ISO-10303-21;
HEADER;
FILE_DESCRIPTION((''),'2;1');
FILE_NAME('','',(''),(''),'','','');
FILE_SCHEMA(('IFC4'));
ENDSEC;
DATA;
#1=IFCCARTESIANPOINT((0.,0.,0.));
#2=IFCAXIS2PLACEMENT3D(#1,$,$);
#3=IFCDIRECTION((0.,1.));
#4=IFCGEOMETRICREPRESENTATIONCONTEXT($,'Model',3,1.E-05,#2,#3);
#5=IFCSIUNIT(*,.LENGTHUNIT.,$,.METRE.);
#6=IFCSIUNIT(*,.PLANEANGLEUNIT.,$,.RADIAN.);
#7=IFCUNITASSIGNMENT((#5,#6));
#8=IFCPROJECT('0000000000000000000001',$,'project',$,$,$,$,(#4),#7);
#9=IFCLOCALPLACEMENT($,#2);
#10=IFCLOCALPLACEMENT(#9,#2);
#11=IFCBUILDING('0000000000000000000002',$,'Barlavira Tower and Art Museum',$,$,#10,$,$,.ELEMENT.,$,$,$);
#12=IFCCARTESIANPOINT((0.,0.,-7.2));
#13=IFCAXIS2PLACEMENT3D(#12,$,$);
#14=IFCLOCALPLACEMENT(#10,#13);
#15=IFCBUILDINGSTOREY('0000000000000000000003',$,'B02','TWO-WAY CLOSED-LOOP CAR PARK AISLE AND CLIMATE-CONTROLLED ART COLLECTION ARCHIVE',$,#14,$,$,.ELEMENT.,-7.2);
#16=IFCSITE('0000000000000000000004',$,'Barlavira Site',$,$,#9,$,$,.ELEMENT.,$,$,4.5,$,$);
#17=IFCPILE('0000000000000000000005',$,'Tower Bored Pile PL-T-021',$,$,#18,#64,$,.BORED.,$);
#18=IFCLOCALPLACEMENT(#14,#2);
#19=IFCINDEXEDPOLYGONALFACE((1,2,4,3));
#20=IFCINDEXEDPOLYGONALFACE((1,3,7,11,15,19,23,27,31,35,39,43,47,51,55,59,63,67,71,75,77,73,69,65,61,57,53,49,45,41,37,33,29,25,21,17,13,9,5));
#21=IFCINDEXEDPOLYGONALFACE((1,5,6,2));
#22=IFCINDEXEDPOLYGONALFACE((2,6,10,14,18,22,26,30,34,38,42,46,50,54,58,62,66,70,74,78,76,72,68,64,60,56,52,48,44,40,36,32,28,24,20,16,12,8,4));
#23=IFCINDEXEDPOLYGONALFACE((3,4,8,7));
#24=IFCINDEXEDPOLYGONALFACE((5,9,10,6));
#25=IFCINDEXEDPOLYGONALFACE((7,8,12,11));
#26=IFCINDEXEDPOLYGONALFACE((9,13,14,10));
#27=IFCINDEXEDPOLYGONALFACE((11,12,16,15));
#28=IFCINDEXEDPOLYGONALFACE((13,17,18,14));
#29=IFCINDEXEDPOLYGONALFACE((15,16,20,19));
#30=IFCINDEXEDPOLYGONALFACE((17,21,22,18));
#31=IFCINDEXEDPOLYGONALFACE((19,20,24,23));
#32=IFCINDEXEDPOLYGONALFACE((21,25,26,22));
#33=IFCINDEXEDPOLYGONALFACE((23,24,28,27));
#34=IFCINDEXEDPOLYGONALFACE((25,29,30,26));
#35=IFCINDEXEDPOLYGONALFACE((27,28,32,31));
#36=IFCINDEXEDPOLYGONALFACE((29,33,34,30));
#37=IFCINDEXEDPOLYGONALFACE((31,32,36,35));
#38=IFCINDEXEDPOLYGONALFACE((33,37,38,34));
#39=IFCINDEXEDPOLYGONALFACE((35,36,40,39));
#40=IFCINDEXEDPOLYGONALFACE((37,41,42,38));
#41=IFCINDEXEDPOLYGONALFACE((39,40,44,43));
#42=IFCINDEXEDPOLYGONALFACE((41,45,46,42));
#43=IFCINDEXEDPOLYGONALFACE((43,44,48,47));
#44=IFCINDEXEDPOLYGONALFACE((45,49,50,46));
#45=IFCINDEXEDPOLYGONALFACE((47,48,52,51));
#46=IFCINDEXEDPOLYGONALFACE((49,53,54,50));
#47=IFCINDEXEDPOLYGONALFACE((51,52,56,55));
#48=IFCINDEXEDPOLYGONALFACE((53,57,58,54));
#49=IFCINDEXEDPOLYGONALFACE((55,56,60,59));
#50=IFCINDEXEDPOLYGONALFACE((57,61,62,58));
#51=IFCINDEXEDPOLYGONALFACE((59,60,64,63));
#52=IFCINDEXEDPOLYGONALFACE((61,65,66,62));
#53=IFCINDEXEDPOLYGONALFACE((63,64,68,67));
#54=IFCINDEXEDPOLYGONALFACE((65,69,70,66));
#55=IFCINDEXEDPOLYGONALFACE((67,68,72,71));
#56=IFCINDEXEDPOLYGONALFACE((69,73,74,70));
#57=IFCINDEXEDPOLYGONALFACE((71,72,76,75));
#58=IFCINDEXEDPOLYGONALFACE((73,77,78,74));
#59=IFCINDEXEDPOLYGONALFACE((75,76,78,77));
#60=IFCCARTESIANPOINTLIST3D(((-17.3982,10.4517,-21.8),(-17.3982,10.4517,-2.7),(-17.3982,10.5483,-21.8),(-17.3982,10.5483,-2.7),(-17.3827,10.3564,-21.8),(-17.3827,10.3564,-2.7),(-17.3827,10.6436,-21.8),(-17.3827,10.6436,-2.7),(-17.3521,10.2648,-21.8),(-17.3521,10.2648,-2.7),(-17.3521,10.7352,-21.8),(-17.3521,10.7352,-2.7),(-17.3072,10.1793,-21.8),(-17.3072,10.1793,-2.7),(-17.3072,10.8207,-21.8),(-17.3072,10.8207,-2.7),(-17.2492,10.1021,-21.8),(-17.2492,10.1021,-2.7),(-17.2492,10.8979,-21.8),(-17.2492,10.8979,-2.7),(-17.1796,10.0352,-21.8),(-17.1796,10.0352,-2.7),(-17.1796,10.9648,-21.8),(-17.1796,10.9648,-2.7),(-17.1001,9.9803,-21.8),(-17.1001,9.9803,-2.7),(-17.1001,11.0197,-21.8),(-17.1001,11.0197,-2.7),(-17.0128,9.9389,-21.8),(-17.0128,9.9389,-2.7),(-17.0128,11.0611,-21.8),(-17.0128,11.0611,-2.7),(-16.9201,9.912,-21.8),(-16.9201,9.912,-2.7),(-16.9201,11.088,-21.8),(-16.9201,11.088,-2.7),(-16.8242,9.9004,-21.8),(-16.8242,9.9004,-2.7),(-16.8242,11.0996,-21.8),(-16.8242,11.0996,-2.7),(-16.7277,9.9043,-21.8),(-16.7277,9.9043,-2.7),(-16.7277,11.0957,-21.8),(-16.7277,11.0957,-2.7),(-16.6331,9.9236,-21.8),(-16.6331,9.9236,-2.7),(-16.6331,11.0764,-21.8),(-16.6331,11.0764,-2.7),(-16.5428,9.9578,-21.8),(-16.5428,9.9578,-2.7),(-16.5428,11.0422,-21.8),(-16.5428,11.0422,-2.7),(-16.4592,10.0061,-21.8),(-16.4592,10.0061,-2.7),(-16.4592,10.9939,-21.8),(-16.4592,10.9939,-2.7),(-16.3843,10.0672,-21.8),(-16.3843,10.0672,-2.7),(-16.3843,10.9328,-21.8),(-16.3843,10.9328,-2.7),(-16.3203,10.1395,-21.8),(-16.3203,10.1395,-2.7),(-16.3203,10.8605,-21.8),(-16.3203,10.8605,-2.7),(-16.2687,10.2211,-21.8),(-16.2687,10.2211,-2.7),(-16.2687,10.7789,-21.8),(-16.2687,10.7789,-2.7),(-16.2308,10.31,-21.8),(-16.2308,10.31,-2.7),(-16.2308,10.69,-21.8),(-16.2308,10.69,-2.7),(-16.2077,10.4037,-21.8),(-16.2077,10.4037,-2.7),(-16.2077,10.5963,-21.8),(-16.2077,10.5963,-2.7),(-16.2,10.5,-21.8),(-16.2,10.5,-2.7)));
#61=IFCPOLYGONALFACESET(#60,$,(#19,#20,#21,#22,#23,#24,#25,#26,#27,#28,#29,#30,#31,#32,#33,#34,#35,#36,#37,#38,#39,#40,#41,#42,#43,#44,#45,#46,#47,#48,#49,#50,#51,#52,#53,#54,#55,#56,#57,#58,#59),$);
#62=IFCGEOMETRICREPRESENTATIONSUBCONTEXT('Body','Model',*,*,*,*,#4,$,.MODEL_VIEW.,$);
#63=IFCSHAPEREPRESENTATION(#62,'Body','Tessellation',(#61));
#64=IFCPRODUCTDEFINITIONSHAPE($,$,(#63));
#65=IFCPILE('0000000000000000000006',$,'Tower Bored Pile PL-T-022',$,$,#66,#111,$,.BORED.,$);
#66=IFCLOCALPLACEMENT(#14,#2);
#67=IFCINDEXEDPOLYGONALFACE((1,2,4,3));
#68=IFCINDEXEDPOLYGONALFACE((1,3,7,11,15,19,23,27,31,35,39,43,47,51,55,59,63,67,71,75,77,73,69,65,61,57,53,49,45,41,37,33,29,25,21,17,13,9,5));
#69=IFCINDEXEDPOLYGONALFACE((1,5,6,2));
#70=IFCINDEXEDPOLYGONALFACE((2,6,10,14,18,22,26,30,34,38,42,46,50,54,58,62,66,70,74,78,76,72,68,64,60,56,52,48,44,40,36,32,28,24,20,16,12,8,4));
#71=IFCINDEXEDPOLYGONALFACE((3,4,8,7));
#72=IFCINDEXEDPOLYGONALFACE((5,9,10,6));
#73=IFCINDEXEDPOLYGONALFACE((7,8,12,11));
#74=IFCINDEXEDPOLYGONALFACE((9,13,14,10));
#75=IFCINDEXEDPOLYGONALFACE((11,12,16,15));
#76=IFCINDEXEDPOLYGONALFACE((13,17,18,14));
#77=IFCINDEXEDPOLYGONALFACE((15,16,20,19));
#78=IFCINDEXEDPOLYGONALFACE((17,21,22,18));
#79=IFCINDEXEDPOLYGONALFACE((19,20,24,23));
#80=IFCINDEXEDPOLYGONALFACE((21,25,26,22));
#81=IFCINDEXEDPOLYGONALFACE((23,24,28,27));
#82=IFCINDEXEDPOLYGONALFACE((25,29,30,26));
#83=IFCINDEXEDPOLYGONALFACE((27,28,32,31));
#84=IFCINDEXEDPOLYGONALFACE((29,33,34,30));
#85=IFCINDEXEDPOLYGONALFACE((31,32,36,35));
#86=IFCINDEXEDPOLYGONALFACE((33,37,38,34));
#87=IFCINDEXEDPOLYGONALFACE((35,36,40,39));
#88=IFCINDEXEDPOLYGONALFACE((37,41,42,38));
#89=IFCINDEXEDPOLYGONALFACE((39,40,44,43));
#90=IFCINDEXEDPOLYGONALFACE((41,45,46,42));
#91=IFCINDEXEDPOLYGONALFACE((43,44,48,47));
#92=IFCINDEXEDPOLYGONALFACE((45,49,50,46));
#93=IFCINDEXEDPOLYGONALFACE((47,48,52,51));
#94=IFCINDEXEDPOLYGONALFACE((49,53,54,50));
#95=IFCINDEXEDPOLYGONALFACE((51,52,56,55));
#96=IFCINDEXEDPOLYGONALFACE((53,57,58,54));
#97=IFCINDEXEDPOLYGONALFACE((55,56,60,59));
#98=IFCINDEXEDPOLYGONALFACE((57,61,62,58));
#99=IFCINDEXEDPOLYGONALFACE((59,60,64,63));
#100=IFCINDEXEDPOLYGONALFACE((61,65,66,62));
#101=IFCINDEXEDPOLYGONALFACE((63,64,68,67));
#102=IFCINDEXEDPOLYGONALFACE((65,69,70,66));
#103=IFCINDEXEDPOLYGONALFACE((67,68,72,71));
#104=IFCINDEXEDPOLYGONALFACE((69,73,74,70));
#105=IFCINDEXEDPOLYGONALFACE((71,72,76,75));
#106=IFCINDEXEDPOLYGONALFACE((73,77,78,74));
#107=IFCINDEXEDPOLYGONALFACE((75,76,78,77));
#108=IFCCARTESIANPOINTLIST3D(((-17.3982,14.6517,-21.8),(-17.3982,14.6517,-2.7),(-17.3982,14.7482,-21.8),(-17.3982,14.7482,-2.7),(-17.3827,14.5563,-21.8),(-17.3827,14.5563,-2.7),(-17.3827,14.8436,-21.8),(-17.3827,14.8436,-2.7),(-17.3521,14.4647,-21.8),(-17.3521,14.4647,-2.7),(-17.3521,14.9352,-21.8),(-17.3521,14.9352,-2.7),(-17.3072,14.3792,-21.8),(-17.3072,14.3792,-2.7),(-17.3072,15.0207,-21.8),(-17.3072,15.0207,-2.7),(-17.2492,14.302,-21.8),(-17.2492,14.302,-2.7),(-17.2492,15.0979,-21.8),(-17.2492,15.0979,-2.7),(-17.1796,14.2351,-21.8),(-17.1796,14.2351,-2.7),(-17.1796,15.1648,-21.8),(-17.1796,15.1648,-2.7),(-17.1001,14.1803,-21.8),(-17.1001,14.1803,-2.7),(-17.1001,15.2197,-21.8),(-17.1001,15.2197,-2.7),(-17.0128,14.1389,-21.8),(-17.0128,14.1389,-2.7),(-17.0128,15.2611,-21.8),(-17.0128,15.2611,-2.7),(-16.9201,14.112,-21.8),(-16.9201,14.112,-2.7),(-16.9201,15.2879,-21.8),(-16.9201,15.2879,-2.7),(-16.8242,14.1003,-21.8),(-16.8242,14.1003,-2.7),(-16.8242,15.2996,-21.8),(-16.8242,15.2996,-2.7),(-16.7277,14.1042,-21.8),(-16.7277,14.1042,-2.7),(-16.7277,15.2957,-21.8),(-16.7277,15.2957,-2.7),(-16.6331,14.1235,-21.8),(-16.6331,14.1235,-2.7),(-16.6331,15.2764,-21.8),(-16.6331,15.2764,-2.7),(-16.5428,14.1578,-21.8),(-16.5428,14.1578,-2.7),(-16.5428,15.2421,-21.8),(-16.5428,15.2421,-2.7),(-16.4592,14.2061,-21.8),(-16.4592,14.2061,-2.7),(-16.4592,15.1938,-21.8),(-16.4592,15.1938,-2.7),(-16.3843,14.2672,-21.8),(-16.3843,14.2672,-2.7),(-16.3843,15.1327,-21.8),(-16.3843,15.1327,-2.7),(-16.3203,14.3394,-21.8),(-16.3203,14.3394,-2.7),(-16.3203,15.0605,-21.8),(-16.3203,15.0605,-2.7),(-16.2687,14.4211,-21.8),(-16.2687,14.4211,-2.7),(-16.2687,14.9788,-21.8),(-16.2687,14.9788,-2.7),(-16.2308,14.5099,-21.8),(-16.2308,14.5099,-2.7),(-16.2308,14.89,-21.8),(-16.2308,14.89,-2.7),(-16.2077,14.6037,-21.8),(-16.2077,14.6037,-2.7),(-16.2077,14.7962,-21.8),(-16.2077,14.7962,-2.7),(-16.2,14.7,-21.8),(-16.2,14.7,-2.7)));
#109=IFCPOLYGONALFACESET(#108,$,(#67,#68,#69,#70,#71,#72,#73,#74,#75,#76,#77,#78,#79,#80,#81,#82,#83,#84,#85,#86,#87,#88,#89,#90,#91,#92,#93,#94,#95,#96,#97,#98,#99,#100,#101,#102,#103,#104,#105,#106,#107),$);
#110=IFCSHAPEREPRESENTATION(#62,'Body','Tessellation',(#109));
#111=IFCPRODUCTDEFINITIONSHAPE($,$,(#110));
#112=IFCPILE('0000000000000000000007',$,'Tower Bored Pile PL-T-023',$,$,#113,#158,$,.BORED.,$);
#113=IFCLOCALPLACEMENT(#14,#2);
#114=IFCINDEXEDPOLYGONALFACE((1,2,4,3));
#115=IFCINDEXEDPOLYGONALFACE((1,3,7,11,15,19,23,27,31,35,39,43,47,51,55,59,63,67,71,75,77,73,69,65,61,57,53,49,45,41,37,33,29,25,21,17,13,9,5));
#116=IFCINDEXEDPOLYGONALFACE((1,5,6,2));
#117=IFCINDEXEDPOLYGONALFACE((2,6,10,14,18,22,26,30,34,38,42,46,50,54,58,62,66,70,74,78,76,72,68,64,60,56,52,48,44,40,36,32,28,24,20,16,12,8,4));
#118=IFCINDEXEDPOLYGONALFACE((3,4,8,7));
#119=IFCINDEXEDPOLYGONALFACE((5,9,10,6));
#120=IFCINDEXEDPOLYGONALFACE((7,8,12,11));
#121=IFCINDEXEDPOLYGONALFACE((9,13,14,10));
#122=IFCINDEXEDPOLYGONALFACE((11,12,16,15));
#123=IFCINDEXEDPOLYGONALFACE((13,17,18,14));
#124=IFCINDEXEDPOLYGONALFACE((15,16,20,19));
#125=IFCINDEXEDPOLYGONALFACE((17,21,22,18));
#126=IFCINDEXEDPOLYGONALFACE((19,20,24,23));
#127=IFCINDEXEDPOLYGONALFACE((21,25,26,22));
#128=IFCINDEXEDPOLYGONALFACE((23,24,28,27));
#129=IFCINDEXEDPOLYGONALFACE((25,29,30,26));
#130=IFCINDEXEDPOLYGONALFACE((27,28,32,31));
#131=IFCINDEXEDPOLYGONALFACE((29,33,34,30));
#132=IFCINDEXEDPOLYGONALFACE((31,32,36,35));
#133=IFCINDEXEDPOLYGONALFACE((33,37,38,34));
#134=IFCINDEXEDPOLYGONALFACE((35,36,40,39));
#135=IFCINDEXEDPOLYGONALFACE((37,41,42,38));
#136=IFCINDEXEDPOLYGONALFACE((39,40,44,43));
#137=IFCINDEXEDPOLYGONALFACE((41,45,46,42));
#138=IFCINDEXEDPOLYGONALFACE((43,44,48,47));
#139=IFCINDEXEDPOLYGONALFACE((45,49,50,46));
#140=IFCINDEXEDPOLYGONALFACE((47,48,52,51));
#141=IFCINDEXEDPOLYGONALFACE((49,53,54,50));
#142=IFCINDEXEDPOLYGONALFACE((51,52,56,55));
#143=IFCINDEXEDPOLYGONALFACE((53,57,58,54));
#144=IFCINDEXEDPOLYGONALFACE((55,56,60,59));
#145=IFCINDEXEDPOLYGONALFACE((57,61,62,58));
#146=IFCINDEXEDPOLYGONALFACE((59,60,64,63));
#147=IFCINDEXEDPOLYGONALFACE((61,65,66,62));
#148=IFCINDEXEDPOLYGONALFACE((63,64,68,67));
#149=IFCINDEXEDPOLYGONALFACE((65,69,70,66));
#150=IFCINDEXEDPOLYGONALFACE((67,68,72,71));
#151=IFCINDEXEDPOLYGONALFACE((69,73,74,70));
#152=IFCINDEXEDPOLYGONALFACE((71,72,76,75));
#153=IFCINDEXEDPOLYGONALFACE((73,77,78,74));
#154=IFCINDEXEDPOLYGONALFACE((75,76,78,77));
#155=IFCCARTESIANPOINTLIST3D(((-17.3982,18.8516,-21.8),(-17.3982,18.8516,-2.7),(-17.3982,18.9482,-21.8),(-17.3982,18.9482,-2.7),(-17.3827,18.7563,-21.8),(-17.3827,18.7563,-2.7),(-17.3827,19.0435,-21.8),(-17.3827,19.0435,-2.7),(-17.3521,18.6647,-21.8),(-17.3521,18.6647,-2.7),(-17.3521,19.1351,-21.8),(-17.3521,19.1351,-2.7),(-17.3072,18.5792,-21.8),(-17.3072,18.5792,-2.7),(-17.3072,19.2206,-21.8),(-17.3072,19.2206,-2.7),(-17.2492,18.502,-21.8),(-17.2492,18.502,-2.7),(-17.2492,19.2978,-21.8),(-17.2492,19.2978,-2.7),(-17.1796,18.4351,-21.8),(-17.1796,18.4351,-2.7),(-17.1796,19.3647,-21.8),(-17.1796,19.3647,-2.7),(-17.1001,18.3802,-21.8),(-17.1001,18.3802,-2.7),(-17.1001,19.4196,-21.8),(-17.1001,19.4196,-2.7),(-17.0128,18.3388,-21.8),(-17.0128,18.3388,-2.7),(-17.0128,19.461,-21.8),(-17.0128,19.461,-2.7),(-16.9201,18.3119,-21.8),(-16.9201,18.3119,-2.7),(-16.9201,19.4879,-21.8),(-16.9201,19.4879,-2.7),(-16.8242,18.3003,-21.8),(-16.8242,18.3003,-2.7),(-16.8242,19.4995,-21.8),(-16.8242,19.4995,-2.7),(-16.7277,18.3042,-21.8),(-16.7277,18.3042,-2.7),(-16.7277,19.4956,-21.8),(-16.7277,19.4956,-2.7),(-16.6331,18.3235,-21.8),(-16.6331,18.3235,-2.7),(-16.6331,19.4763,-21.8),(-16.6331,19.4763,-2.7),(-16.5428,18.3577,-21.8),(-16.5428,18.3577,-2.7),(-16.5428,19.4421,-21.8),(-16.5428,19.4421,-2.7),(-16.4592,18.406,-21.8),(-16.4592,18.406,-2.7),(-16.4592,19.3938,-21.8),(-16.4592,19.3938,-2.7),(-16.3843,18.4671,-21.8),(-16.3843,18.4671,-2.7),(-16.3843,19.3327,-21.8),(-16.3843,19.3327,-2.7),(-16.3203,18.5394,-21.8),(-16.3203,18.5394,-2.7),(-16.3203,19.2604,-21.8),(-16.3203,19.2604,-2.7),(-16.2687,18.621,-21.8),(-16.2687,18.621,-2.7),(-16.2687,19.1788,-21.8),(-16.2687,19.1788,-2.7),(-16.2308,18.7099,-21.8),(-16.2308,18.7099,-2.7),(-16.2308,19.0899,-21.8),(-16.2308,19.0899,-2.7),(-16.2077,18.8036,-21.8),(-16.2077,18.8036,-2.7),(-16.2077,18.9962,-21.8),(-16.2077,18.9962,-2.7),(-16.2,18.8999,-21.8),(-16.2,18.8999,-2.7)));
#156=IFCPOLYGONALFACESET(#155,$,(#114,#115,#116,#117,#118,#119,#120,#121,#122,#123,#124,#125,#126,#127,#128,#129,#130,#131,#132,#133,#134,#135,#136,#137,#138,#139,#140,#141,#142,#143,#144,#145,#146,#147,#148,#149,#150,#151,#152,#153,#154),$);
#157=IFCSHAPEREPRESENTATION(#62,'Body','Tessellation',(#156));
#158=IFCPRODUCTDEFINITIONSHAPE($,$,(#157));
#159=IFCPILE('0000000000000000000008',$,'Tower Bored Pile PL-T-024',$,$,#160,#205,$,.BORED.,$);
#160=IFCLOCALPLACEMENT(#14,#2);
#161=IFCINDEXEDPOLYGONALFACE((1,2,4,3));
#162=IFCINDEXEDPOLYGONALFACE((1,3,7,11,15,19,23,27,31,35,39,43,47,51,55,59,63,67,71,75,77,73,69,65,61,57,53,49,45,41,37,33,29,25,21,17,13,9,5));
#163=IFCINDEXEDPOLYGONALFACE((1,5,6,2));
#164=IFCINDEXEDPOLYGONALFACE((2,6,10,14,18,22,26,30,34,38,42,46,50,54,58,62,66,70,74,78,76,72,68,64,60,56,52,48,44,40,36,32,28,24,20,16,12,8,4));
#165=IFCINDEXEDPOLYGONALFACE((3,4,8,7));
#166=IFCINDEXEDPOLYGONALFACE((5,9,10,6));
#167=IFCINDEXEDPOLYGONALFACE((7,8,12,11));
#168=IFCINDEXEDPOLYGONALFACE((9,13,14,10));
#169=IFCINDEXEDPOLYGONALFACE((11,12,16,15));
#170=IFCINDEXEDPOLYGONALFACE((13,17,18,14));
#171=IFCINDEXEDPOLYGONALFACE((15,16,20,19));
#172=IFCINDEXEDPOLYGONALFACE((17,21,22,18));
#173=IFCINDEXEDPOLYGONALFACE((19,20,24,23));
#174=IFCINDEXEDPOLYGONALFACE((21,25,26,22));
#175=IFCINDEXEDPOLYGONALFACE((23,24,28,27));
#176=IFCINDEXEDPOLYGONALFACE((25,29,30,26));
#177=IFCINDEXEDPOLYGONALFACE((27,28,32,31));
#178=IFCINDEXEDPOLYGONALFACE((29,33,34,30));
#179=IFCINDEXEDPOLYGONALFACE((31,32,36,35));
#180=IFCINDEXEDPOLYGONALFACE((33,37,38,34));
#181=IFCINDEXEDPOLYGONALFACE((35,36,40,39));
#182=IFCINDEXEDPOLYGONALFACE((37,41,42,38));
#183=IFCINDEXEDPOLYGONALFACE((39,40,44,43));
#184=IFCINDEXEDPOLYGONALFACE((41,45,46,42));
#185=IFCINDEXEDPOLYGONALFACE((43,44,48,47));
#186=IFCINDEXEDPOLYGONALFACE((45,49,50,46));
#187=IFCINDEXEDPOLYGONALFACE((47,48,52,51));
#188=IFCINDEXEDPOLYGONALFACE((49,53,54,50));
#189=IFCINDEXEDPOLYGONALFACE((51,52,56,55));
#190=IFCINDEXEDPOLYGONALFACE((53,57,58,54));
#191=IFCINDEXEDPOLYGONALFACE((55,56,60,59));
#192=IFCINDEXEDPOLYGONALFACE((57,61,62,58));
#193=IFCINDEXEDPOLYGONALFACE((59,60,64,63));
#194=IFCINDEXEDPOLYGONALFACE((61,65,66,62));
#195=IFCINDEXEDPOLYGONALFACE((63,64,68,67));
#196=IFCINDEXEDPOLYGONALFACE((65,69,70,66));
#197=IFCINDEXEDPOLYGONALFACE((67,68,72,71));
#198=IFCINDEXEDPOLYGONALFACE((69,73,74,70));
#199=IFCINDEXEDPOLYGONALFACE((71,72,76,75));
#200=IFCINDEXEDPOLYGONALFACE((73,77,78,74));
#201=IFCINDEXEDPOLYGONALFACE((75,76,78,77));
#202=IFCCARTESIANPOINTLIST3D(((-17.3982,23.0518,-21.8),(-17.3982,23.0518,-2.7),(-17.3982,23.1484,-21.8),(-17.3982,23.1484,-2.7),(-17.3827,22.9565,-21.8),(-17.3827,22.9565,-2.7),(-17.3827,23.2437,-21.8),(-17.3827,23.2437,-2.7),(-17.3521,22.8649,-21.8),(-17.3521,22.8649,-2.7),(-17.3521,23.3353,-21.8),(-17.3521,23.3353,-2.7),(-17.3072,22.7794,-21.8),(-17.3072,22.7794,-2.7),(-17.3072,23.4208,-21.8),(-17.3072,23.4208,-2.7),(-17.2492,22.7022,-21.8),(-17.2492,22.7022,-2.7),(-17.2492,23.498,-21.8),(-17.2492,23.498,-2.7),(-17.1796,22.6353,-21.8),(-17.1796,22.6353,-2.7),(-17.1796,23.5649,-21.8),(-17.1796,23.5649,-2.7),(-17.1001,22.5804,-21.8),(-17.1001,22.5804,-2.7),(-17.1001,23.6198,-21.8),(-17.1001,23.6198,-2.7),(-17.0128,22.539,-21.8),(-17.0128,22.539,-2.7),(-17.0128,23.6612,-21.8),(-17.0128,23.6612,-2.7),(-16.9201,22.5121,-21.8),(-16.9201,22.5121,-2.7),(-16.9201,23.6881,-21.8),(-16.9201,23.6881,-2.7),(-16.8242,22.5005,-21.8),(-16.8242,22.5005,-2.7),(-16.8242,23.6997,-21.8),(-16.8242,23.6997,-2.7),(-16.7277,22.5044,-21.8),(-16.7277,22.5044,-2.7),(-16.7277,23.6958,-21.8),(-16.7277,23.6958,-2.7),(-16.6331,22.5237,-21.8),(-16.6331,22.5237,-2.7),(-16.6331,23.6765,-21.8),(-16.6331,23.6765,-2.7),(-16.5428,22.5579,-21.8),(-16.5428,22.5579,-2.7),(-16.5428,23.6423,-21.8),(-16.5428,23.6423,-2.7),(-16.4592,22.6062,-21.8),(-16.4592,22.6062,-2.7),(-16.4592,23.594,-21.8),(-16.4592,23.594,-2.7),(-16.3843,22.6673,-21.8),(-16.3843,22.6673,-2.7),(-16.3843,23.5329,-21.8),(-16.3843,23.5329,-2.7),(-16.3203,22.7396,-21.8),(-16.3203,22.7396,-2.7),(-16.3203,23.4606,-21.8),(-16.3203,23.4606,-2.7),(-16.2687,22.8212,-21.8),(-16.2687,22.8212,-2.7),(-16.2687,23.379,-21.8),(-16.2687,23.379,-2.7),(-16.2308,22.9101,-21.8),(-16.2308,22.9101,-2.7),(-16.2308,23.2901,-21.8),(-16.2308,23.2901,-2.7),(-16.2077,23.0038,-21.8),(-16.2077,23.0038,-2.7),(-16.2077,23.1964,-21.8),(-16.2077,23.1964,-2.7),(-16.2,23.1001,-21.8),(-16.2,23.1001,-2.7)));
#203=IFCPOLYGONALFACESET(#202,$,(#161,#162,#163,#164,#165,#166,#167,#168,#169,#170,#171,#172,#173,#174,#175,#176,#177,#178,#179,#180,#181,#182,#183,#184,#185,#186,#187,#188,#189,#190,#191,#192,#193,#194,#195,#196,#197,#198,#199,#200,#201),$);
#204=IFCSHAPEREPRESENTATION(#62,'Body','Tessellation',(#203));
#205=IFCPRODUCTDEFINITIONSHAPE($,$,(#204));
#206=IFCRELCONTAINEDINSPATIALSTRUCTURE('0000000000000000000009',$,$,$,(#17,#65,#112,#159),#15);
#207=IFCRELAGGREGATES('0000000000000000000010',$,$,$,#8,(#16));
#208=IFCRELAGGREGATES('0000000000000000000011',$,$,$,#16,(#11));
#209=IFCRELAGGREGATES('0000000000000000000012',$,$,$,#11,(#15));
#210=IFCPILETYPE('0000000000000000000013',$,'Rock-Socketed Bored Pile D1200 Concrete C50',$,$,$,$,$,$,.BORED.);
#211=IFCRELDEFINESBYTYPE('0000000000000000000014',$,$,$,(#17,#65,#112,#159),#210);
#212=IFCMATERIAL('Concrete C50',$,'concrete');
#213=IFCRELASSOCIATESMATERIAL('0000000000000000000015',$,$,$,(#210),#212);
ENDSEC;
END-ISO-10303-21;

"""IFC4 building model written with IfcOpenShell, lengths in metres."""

from ifc_helpers import new_model, si_unit, direction, frame, origin, origin_2d, place, context, subcontext, project, spatial, circle, extrude, material, material_profile, profile_set, type_object, element, save


model = new_model("IFC4")

# Units and contexts
model_context = context("Model", 3, precision=1e-05, world=origin(), true_north=direction((0.0, 1.0)))
body_context = subcontext(model_context, "Body", "Model", "MODEL_VIEW")
ifc_project = project(units=[si_unit("LENGTHUNIT", "METRE"), si_unit("PLANEANGLEUNIT", "RADIAN")], contexts=[model_context])

# Site, building, storey
site_placement = place(None, origin())
site = spatial("IfcSite", under=ifc_project, at=site_placement, Name="Barlavira Site", CompositionType="ELEMENT", RefElevation=4.5)
building_placement = place(site_placement, origin())
building = spatial("IfcBuilding", under=site, at=building_placement, Name="Barlavira Tower and Art Museum", CompositionType="ELEMENT")
storey_placement = place(building_placement, frame((0.0, 0.0, -7.2)))
storey = spatial("IfcBuildingStorey", under=building, at=storey_placement, Name="B02", Description="TWO-WAY CLOSED-LOOP CAR PARK AISLE AND CLIMATE-CONTROLLED ART COLLECTION ARCHIVE", CompositionType="ELEMENT", Elevation=-7.2)

# Piles
ifc_material_1 = material(Name="Concrete C50", Category="concrete")
ifc_material_profile_1 = material_profile(ifc_material_1, circle(Radius=0.6001, at=origin_2d()), Name="BORED PILE D1200")
ifc_profile_set_1 = profile_set([ifc_material_profile_1], Name="Concrete C50")
pile_type = type_object("IfcPileType", Name="Rock-Socketed Bored Pile D1200 Concrete C50", PredefinedType="BORED", material=ifc_profile_set_1)
for number, where, z_axis, x_axis, name in (
    (1, (-16.8, 10.5, -2.7), (0.0, 0.0, -1.0), (1.0, 0.0, 0.0), "Tower Bored Pile PL-T-021"),
    (2, (-16.8, 14.7, -2.7), (0.0, 0.0, -1.0), (1.0, 0.0, 0.0), "Tower Bored Pile PL-T-022"),
    (3, (-16.8, 18.8999, -2.7), (0.0, 0.0, -1.0), (1.0, 0.0, 0.0), "Tower Bored Pile PL-T-023"),
    (4, (-16.8, 23.1001, -2.7), (0.0, 0.0, -1.0), (1.0, 0.0, 0.0), "Tower Bored Pile PL-T-024"),
):
    element("IfcPile", number, at=place(storey_placement, frame(where, z_axis=z_axis, x_axis=x_axis)), inside=storey, type_object=pile_type, Name=name, PredefinedType="BORED", context=body_context, shape_type="SweptSolid", body=[
        extrude(circle(Radius=0.6001, at=origin_2d()), origin(), (0.0, 0.0, 1.0), 19.1001),
    ])

save(model, "model.ifc")
